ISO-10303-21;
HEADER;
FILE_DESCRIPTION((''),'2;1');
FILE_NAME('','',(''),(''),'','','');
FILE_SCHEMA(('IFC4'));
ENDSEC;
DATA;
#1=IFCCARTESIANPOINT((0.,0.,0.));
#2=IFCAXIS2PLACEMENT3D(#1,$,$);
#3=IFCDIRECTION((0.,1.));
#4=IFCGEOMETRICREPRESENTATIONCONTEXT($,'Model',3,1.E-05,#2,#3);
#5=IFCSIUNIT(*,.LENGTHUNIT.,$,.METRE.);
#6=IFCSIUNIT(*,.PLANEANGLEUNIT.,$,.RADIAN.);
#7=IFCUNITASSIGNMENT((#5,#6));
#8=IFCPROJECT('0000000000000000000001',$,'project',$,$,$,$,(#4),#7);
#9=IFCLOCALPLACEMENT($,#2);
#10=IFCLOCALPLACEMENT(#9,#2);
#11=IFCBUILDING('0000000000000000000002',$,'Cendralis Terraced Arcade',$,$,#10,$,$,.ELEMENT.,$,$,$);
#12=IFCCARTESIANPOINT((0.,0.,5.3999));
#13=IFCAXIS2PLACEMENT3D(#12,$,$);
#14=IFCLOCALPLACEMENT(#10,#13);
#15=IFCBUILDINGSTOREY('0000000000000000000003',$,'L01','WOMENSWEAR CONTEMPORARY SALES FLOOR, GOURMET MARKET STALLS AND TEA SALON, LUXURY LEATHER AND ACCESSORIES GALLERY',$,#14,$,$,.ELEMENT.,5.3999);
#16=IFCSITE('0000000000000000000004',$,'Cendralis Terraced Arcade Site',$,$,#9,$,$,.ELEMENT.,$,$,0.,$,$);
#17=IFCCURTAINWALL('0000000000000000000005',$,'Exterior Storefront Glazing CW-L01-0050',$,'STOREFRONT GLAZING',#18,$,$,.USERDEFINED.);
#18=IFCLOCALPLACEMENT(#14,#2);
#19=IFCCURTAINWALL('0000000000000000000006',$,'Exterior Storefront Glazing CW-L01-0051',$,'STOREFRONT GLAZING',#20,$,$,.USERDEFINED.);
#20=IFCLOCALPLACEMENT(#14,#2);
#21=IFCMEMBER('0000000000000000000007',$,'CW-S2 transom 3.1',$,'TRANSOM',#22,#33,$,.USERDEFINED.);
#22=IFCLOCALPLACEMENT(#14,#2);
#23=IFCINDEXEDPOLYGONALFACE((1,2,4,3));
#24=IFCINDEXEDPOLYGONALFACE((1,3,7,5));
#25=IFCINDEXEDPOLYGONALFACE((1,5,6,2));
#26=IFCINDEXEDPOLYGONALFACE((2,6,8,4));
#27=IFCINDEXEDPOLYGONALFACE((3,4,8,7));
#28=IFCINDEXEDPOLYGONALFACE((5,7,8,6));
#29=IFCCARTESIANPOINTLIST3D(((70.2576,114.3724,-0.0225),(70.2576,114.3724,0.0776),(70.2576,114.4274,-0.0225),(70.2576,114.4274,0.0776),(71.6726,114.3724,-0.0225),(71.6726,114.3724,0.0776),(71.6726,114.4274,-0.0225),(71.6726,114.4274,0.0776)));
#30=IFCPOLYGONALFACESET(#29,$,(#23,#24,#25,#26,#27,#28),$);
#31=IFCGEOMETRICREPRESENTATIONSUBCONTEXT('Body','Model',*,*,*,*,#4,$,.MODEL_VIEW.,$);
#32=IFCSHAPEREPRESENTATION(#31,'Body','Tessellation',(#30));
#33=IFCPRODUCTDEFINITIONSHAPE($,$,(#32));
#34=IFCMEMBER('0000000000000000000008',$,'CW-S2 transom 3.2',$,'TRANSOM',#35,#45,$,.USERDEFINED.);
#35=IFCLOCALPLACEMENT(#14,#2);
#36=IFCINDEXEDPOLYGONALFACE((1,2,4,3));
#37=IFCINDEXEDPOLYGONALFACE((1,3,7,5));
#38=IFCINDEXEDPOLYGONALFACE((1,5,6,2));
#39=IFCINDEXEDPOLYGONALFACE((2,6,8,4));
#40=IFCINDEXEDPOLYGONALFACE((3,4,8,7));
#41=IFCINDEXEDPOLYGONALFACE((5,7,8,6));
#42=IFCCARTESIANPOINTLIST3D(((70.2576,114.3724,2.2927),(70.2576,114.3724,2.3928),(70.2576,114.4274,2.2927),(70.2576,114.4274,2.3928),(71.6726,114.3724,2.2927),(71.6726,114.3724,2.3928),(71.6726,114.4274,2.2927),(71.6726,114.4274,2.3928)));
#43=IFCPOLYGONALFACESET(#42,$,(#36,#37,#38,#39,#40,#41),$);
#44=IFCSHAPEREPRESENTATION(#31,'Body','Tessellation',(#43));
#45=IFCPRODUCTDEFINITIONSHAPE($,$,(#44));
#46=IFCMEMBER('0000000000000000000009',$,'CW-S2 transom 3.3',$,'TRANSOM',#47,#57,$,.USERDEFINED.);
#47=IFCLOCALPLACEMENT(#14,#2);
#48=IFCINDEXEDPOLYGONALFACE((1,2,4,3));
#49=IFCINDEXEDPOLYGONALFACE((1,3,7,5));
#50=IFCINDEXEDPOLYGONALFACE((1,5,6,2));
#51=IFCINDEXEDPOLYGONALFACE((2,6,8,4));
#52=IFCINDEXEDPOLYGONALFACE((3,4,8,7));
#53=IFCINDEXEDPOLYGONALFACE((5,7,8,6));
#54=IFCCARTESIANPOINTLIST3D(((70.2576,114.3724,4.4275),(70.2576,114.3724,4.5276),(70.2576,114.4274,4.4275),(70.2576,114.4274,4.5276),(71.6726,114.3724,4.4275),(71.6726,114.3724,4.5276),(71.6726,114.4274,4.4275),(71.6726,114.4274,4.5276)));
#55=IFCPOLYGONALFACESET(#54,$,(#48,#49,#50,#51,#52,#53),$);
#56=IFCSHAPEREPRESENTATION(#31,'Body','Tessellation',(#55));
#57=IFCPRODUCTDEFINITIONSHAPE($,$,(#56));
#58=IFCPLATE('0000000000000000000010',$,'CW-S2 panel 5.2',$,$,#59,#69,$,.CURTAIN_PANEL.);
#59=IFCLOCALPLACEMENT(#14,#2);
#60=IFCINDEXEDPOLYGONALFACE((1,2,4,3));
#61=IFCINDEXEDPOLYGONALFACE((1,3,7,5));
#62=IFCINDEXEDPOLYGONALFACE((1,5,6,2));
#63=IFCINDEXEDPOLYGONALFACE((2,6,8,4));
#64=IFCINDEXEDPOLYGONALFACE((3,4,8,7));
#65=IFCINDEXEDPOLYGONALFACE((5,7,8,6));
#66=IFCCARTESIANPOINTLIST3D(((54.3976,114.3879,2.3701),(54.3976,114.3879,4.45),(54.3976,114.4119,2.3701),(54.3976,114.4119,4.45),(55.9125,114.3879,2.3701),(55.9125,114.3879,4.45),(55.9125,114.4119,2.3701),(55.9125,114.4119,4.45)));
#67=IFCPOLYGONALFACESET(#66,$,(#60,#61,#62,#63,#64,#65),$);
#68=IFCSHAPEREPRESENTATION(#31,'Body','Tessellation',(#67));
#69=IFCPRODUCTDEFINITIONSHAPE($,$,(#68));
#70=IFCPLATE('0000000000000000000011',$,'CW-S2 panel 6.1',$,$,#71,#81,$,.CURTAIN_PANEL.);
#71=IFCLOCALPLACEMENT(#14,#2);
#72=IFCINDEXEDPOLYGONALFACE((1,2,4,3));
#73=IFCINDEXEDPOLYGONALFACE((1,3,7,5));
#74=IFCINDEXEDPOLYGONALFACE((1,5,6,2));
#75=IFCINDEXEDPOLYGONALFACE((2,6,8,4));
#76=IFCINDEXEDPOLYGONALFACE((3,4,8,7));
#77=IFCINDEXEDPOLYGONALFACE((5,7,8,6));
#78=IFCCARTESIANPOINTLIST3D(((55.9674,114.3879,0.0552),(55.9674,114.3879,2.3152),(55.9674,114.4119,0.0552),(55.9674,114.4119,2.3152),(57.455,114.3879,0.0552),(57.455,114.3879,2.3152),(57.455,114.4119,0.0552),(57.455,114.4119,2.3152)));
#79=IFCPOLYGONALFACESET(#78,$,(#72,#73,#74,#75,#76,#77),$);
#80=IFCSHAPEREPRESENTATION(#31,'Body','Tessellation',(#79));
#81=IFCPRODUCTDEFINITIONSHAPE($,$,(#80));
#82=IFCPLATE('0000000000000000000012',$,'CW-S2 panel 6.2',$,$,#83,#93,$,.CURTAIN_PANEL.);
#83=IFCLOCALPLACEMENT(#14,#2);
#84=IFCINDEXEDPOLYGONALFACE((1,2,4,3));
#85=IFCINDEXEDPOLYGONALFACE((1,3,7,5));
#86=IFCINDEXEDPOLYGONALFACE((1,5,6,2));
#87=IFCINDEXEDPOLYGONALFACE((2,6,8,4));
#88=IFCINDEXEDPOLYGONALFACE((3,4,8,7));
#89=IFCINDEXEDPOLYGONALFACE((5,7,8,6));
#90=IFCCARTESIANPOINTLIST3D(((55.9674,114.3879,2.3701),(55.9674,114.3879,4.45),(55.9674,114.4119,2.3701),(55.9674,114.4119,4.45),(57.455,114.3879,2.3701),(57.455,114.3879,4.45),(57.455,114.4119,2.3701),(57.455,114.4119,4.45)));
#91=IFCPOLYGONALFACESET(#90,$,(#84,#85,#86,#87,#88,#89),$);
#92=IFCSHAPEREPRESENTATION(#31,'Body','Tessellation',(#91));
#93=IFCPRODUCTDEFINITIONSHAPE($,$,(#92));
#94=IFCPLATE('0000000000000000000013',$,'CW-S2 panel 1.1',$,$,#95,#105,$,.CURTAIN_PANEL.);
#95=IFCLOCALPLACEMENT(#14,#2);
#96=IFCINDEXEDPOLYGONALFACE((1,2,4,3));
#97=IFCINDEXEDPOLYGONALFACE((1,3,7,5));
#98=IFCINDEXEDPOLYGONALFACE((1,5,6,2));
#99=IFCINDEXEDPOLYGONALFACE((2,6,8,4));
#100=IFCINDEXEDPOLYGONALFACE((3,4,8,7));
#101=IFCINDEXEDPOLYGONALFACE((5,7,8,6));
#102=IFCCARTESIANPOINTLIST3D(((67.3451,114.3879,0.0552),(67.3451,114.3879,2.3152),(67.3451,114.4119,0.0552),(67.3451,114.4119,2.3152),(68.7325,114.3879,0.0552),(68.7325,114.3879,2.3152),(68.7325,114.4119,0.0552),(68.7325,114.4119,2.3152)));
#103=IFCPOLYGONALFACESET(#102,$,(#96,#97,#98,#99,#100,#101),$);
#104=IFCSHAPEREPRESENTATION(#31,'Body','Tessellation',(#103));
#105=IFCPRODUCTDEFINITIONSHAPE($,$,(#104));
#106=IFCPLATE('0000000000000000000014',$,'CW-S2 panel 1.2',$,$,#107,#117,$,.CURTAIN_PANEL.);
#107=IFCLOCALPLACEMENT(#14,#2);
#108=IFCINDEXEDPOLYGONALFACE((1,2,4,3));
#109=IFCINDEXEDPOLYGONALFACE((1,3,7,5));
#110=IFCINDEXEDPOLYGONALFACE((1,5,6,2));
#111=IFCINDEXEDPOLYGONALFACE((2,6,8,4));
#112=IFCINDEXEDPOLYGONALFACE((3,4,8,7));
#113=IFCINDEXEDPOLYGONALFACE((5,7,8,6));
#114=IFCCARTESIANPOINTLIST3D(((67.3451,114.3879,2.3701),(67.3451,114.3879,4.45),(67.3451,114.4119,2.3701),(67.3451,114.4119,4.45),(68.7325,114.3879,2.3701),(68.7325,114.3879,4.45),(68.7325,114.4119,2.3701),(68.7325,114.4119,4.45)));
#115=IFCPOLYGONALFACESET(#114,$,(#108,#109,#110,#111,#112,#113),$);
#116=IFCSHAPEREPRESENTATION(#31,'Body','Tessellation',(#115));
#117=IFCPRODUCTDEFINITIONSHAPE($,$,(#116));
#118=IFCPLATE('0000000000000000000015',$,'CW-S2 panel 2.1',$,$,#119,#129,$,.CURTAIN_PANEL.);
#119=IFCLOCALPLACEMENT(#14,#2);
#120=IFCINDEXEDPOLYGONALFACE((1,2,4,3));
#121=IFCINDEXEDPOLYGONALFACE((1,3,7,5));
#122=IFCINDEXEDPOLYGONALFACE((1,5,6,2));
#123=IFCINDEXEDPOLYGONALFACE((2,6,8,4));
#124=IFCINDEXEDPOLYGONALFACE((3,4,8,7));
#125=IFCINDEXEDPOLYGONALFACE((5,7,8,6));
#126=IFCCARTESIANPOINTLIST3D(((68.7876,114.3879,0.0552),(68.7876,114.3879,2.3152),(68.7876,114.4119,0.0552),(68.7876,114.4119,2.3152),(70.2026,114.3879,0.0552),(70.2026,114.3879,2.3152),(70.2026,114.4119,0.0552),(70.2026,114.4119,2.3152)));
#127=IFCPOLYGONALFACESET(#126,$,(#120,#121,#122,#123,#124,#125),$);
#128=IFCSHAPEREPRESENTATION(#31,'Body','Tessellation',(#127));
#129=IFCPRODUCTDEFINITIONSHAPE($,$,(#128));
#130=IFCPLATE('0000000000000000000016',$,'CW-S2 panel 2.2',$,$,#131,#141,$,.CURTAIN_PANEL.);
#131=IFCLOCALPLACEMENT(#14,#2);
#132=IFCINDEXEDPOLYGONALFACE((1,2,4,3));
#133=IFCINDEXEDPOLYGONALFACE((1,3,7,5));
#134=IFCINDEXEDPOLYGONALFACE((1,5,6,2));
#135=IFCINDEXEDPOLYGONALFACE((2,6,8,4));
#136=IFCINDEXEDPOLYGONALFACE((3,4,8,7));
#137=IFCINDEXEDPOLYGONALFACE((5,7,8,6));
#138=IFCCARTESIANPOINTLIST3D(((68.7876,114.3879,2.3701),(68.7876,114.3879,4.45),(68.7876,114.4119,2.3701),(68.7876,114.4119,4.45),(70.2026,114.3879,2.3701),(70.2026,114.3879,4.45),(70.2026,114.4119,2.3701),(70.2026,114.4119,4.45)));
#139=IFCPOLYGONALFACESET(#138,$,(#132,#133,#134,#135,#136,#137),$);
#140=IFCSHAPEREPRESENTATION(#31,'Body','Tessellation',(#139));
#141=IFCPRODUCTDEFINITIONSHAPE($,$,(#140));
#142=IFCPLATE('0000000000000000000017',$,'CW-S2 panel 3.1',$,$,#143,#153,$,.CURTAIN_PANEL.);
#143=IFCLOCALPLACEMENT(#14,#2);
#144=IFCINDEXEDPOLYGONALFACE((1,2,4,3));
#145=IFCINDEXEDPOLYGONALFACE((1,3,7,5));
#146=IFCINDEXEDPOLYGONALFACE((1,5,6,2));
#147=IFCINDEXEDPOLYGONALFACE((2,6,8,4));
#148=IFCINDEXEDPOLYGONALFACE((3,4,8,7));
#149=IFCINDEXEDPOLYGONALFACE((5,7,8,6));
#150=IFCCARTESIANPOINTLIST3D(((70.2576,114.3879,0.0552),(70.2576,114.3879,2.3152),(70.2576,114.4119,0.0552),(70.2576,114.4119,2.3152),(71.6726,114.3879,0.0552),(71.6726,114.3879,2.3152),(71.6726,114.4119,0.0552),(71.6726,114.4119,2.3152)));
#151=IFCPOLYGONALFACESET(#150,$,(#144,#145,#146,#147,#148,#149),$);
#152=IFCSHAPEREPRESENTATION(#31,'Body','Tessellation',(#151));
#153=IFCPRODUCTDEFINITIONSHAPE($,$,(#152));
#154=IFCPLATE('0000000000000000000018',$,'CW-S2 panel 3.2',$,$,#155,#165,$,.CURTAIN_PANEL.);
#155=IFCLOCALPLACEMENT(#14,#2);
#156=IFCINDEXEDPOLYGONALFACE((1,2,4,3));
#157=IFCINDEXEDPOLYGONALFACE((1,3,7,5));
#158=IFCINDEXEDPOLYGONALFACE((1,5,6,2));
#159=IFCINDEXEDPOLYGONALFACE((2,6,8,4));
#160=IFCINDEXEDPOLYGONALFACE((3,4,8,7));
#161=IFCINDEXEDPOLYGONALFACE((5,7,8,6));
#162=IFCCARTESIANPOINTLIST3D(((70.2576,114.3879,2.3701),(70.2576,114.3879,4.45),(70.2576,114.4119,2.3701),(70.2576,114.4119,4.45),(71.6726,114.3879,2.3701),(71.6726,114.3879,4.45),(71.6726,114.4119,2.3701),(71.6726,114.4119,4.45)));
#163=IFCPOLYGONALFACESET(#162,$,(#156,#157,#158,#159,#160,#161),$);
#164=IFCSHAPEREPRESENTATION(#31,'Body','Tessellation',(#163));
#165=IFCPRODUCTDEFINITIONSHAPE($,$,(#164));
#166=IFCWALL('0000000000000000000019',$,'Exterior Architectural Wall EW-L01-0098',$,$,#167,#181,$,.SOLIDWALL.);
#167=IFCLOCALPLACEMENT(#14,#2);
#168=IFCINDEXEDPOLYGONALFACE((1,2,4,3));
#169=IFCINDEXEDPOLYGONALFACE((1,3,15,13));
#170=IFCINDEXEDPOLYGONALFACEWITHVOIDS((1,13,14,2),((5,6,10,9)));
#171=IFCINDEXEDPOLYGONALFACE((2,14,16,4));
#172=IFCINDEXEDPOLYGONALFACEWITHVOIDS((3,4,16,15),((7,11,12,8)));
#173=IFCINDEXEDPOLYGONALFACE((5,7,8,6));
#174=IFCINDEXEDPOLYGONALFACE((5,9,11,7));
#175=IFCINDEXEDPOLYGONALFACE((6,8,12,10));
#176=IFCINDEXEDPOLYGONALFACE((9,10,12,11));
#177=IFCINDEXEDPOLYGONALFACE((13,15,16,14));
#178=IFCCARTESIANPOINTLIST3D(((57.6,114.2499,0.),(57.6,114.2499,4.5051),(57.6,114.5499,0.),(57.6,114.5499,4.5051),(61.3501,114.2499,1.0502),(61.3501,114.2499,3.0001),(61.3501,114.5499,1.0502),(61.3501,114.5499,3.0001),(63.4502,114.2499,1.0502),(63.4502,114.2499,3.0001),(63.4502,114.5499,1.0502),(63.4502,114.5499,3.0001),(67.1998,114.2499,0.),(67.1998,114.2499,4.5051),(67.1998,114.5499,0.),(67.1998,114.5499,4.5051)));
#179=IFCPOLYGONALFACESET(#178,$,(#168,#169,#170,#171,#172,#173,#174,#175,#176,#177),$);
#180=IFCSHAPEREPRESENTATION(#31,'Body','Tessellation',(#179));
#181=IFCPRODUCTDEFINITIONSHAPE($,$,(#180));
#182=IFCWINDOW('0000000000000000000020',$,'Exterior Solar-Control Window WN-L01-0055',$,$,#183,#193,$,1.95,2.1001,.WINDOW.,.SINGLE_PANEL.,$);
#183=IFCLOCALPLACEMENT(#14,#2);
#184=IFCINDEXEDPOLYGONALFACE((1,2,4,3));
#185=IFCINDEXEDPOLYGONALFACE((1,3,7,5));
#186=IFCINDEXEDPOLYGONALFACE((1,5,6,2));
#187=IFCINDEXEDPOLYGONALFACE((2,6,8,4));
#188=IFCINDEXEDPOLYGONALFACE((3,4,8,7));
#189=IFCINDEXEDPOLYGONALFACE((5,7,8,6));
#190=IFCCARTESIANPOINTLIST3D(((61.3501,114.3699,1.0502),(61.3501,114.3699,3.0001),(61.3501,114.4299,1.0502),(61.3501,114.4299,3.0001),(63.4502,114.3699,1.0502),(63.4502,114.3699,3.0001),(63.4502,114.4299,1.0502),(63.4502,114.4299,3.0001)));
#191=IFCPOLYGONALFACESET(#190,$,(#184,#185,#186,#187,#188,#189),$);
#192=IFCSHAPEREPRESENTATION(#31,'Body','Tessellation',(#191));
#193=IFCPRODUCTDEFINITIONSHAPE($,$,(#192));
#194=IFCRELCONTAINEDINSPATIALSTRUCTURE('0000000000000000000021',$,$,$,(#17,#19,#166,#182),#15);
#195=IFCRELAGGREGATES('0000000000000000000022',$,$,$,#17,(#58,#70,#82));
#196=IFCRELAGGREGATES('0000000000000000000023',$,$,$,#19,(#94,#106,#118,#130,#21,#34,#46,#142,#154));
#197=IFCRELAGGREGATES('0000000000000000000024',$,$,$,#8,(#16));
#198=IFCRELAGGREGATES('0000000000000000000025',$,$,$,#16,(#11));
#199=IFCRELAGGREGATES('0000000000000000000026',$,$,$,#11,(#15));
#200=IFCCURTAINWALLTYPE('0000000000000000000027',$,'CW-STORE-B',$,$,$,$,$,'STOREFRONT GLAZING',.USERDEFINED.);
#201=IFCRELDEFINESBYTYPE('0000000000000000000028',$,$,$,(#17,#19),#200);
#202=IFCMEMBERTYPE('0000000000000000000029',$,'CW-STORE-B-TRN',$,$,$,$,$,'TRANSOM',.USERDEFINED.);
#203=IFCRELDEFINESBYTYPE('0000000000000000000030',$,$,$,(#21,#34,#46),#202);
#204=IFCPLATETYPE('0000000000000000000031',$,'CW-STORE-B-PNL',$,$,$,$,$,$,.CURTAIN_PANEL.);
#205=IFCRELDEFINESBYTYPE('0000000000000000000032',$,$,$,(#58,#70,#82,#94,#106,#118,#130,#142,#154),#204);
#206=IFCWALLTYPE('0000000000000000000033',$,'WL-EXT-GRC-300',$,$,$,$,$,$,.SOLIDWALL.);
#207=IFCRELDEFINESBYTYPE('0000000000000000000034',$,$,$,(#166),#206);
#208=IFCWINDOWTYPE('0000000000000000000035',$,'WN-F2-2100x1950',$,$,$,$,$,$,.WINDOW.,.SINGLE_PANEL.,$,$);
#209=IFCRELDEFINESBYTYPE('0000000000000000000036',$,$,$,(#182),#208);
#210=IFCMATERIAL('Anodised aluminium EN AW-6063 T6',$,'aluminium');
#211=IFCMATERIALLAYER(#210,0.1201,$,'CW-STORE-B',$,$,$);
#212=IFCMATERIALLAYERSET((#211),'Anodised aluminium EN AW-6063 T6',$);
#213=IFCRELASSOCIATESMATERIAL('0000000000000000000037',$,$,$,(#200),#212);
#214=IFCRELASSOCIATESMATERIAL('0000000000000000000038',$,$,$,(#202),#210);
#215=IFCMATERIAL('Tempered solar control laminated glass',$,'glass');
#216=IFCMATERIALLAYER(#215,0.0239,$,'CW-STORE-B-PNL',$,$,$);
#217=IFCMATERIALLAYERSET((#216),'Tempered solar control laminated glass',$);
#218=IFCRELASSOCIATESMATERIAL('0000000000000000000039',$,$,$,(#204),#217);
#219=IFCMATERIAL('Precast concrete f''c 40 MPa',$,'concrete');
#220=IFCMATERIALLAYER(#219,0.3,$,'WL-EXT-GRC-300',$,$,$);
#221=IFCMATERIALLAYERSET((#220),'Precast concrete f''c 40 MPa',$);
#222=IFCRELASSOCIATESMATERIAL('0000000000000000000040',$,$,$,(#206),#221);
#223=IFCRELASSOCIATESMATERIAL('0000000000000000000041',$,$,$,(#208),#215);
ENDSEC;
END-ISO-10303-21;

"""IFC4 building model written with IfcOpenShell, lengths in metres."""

from ifc_helpers import new_model, si_unit, direction, frame, frame_2d, origin, origin_2d, place, context, subcontext, project, spatial, rectangle, extrude, material, layer, layer_set, material_profile, profile_set, type_object, element, fill, aggregate, save


model = new_model("IFC4")

# Units and contexts
model_context = context("Model", 3, precision=1e-05, world=origin(), true_north=direction((0.0, 1.0)))
body_context = subcontext(model_context, "Body", "Model", "MODEL_VIEW")
ifc_project = project(units=[si_unit("LENGTHUNIT", "METRE"), si_unit("PLANEANGLEUNIT", "RADIAN")], contexts=[model_context])

# Site, building, storey
site_placement = place(None, origin())
site = spatial("IfcSite", under=ifc_project, at=site_placement, Name="Cendralis Terraced Arcade Site", CompositionType="ELEMENT", RefElevation=0.0)
building_placement = place(site_placement, origin())
building = spatial("IfcBuilding", under=site, at=building_placement, Name="Cendralis Terraced Arcade", CompositionType="ELEMENT")
storey_placement = place(building_placement, frame((0.0, 0.0, 5.3999)))
storey = spatial("IfcBuildingStorey", under=building, at=storey_placement, Name="L01", Description="WOMENSWEAR CONTEMPORARY SALES FLOOR, GOURMET MARKET STALLS AND TEA SALON, LUXURY LEATHER AND ACCESSORIES GALLERY", CompositionType="ELEMENT", Elevation=5.3999)

# Curtain walls
ifc_material_1 = material(Name="Anodised aluminium EN AW-6063 T6", Category="aluminium")
ifc_layer_1 = layer(ifc_material_1, 0.1201, Name="CW-STORE-B")
ifc_layer_set_1 = layer_set([ifc_layer_1], Name="Anodised aluminium EN AW-6063 T6")
curtain_wall_type = type_object("IfcCurtainWallType", Name="CW-STORE-B", ElementType="STOREFRONT GLAZING", PredefinedType="USERDEFINED", material=ifc_layer_set_1)
curtain_wall_1_placement = place(storey_placement, origin())
curtain_wall_1 = element("IfcCurtainWall", 1, at=curtain_wall_1_placement, inside=storey, type_object=curtain_wall_type, Name="Exterior Storefront Glazing CW-L01-0050", ObjectType="STOREFRONT GLAZING", PredefinedType="USERDEFINED")
curtain_wall_2_placement = place(storey_placement, origin())
curtain_wall_2 = element("IfcCurtainWall", 2, at=curtain_wall_2_placement, inside=storey, type_object=curtain_wall_type, Name="Exterior Storefront Glazing CW-L01-0051", ObjectType="STOREFRONT GLAZING", PredefinedType="USERDEFINED")

# Members
ifc_material_profile_1 = material_profile(ifc_material_1, rectangle(XDim=0.0549, YDim=0.1001, at=origin_2d()), Name="ALU-TRN-55x100")
ifc_profile_set_1 = profile_set([ifc_material_profile_1], Name="Anodised aluminium EN AW-6063 T6")
member_type_1 = type_object("IfcMemberType", Name="CW-STORE-B-TRN", ElementType="TRANSOM", PredefinedType="USERDEFINED", material=ifc_profile_set_1)
member_1_placement = place(storey_placement, frame((70.2576, 114.3999, 0.0276), z_axis=(1.0, 0.0, 0.0), x_axis=(0.0, 1.0, 0.0)))
member_1 = element("IfcMember", 3, at=member_1_placement, type_object=member_type_1, Name="CW-S2 transom 3.1", ObjectType="TRANSOM", PredefinedType="USERDEFINED", context=body_context, shape_type="SweptSolid", body=[
    extrude(rectangle(XDim=0.0549, YDim=0.1001, at=origin_2d()), origin(), (0.0, 0.0, 1.0), 1.415),
])
member_2_placement = place(storey_placement, frame((70.2576, 114.3999, 2.3428), z_axis=(1.0, 0.0, 0.0), x_axis=(0.0, 1.0, 0.0)))
member_2 = element("IfcMember", 4, at=member_2_placement, type_object=member_type_1, Name="CW-S2 transom 3.2", ObjectType="TRANSOM", PredefinedType="USERDEFINED", context=body_context, shape_type="SweptSolid", body=[
    extrude(rectangle(XDim=0.0549, YDim=0.1001, at=origin_2d()), origin(), (0.0, 0.0, 1.0), 1.415),
])
member_3_placement = place(storey_placement, frame((70.2576, 114.3999, 4.4775), z_axis=(1.0, 0.0, 0.0), x_axis=(0.0, 1.0, 0.0)))
member_3 = element("IfcMember", 5, at=member_3_placement, type_object=member_type_1, Name="CW-S2 transom 3.3", ObjectType="TRANSOM", PredefinedType="USERDEFINED", context=body_context, shape_type="SweptSolid", body=[
    extrude(rectangle(XDim=0.0549, YDim=0.1001, at=origin_2d()), origin(), (0.0, 0.0, 1.0), 1.415),
])

# Plates
ifc_material_2 = material(Name="Tempered solar control laminated glass", Category="glass")
ifc_layer_2 = layer(ifc_material_2, 0.0239, Name="CW-STORE-B-PNL")
ifc_layer_set_2 = layer_set([ifc_layer_2], Name="Tempered solar control laminated glass")
plate_type = type_object("IfcPlateType", Name="CW-STORE-B-PNL", PredefinedType="CURTAIN_PANEL", material=ifc_layer_set_2)
plate_1_placement = place(storey_placement, frame((55.155, 114.3999, 2.3701), z_axis=(0.0, 0.0, 1.0), x_axis=(1.0, 0.0, 0.0)))
plate_1 = element("IfcPlate", 6, at=plate_1_placement, type_object=plate_type, Name="CW-S2 panel 5.2", PredefinedType="CURTAIN_PANEL", context=body_context, shape_type="SweptSolid", body=[
    extrude(rectangle(XDim=1.5149, YDim=0.0239, at=origin_2d()), origin(), (0.0, 0.0, 1.0), 2.0798),
])
plate_2_placement = place(storey_placement, frame((56.7112, 114.3999, 0.0552), z_axis=(0.0, 0.0, 1.0), x_axis=(1.0, 0.0, 0.0)))
plate_2 = element("IfcPlate", 7, at=plate_2_placement, type_object=plate_type, Name="CW-S2 panel 6.1", PredefinedType="CURTAIN_PANEL", context=body_context, shape_type="SweptSolid", body=[
    extrude(rectangle(XDim=1.4875, YDim=0.0239, at=origin_2d()), origin(), (0.0, 0.0, 1.0), 2.26),
])
plate_3_placement = place(storey_placement, frame((56.7112, 114.3999, 2.3701), z_axis=(0.0, 0.0, 1.0), x_axis=(1.0, 0.0, 0.0)))
plate_3 = element("IfcPlate", 8, at=plate_3_placement, type_object=plate_type, Name="CW-S2 panel 6.2", PredefinedType="CURTAIN_PANEL", context=body_context, shape_type="SweptSolid", body=[
    extrude(rectangle(XDim=1.4875, YDim=0.0239, at=origin_2d()), origin(), (0.0, 0.0, 1.0), 2.0798),
])
aggregate(curtain_wall_1, [plate_1, plate_2, plate_3])
plate_4_placement = place(storey_placement, frame((68.0388, 114.3999, 0.0552), z_axis=(0.0, 0.0, 1.0), x_axis=(1.0, 0.0, 0.0)))
plate_4 = element("IfcPlate", 9, at=plate_4_placement, type_object=plate_type, Name="CW-S2 panel 1.1", PredefinedType="CURTAIN_PANEL", context=body_context, shape_type="SweptSolid", body=[
    extrude(rectangle(XDim=1.3875, YDim=0.0239, at=origin_2d()), origin(), (0.0, 0.0, 1.0), 2.26),
])
plate_5_placement = place(storey_placement, frame((68.0388, 114.3999, 2.3701), z_axis=(0.0, 0.0, 1.0), x_axis=(1.0, 0.0, 0.0)))
plate_5 = element("IfcPlate", 10, at=plate_5_placement, type_object=plate_type, Name="CW-S2 panel 1.2", PredefinedType="CURTAIN_PANEL", context=body_context, shape_type="SweptSolid", body=[
    extrude(rectangle(XDim=1.3875, YDim=0.0239, at=origin_2d()), origin(), (0.0, 0.0, 1.0), 2.0798),
])
plate_6_placement = place(storey_placement, frame((69.4951, 114.3999, 0.0552), z_axis=(0.0, 0.0, 1.0), x_axis=(1.0, 0.0, 0.0)))
plate_6 = element("IfcPlate", 11, at=plate_6_placement, type_object=plate_type, Name="CW-S2 panel 2.1", PredefinedType="CURTAIN_PANEL", context=body_context, shape_type="SweptSolid", body=[
    extrude(rectangle(XDim=1.415, YDim=0.0239, at=origin_2d()), origin(), (0.0, 0.0, 1.0), 2.26),
])
plate_7_placement = place(storey_placement, frame((69.4951, 114.3999, 2.3701), z_axis=(0.0, 0.0, 1.0), x_axis=(1.0, 0.0, 0.0)))
plate_7 = element("IfcPlate", 12, at=plate_7_placement, type_object=plate_type, Name="CW-S2 panel 2.2", PredefinedType="CURTAIN_PANEL", context=body_context, shape_type="SweptSolid", body=[
    extrude(rectangle(XDim=1.415, YDim=0.0239, at=origin_2d()), origin(), (0.0, 0.0, 1.0), 2.0798),
])
plate_8_placement = place(storey_placement, frame((70.9651, 114.3999, 0.0552), z_axis=(0.0, 0.0, 1.0), x_axis=(1.0, 0.0, 0.0)))
plate_8 = element("IfcPlate", 13, at=plate_8_placement, type_object=plate_type, Name="CW-S2 panel 3.1", PredefinedType="CURTAIN_PANEL", context=body_context, shape_type="SweptSolid", body=[
    extrude(rectangle(XDim=1.415, YDim=0.0239, at=origin_2d()), origin(), (0.0, 0.0, 1.0), 2.26),
])
plate_9_placement = place(storey_placement, frame((70.9651, 114.3999, 2.3701), z_axis=(0.0, 0.0, 1.0), x_axis=(1.0, 0.0, 0.0)))
plate_9 = element("IfcPlate", 14, at=plate_9_placement, type_object=plate_type, Name="CW-S2 panel 3.2", PredefinedType="CURTAIN_PANEL", context=body_context, shape_type="SweptSolid", body=[
    extrude(rectangle(XDim=1.415, YDim=0.0239, at=origin_2d()), origin(), (0.0, 0.0, 1.0), 2.0798),
])
aggregate(curtain_wall_2, [plate_4, plate_5, plate_6, plate_7, member_1, member_2, member_3, plate_8, plate_9])

# Wall, opening, window
ifc_material_3 = material(Name="Precast concrete f'c 40 MPa", Category="concrete")
ifc_layer_3 = layer(ifc_material_3, 0.3, Name="WL-EXT-GRC-300")
ifc_layer_set_3 = layer_set([ifc_layer_3], Name="Precast concrete f'c 40 MPa")
wall_type_1 = type_object("IfcWallType", Name="WL-EXT-GRC-300", PredefinedType="SOLIDWALL", material=ifc_layer_set_3)
wall_1_placement = place(storey_placement, frame((57.6001, 114.3999, 0.0), z_axis=(0.0, 0.0, 1.0), x_axis=(1.0, 0.0, 0.0)))
wall_1 = element("IfcWall", 15, at=wall_1_placement, inside=storey, type_object=wall_type_1, Name="Exterior Architectural Wall EW-L01-0098", PredefinedType="SOLIDWALL", context=body_context, shape_type="SweptSolid", body=[
    extrude(rectangle(XDim=9.5999, YDim=0.3, at=frame_2d((4.7998, 0.0))), origin(), (0.0, 0.0, 1.0), 4.5051),
])
opening_1_placement = place(wall_1_placement, frame((3.75, 0.0, 1.05)))
opening_1 = element("IfcOpeningElement", 16, at=opening_1_placement, cuts=wall_1, PredefinedType="OPENING", context=body_context, shape_type="SweptSolid", body=[
    extrude(rectangle(XDim=2.1001, YDim=1.95, at=frame_2d((1.05, 0.9751))), frame((0.0, 0.1621, 0.0), z_axis=(0.0, -1.0, 0.0), x_axis=(1.0, 0.0, 0.0)), (0.0, 0.0, 1.0), 0.324),
])
window_type = type_object("IfcWindowType", Name="WN-F2-2100x1950", PartitioningType="SINGLE_PANEL", PredefinedType="WINDOW", material=ifc_material_2)
window_placement = place(opening_1_placement, origin())
window = element("IfcWindow", 17, at=window_placement, inside=storey, type_object=window_type, Name="Exterior Solar-Control Window WN-L01-0055", OverallHeight=1.95, OverallWidth=2.1001, PartitioningType="SINGLE_PANEL", PredefinedType="WINDOW", context=body_context, shape_type="SweptSolid", body=[
    extrude(rectangle(XDim=2.1001, YDim=1.95, at=frame_2d((1.05, 0.9751))), frame((0.0, 0.03, 0.0), z_axis=(0.0, -1.0, 0.0), x_axis=(1.0, 0.0, 0.0)), (0.0, 0.0, 1.0), 0.0601),
])
fill(opening_1, window)

save(model, "model.ifc")
